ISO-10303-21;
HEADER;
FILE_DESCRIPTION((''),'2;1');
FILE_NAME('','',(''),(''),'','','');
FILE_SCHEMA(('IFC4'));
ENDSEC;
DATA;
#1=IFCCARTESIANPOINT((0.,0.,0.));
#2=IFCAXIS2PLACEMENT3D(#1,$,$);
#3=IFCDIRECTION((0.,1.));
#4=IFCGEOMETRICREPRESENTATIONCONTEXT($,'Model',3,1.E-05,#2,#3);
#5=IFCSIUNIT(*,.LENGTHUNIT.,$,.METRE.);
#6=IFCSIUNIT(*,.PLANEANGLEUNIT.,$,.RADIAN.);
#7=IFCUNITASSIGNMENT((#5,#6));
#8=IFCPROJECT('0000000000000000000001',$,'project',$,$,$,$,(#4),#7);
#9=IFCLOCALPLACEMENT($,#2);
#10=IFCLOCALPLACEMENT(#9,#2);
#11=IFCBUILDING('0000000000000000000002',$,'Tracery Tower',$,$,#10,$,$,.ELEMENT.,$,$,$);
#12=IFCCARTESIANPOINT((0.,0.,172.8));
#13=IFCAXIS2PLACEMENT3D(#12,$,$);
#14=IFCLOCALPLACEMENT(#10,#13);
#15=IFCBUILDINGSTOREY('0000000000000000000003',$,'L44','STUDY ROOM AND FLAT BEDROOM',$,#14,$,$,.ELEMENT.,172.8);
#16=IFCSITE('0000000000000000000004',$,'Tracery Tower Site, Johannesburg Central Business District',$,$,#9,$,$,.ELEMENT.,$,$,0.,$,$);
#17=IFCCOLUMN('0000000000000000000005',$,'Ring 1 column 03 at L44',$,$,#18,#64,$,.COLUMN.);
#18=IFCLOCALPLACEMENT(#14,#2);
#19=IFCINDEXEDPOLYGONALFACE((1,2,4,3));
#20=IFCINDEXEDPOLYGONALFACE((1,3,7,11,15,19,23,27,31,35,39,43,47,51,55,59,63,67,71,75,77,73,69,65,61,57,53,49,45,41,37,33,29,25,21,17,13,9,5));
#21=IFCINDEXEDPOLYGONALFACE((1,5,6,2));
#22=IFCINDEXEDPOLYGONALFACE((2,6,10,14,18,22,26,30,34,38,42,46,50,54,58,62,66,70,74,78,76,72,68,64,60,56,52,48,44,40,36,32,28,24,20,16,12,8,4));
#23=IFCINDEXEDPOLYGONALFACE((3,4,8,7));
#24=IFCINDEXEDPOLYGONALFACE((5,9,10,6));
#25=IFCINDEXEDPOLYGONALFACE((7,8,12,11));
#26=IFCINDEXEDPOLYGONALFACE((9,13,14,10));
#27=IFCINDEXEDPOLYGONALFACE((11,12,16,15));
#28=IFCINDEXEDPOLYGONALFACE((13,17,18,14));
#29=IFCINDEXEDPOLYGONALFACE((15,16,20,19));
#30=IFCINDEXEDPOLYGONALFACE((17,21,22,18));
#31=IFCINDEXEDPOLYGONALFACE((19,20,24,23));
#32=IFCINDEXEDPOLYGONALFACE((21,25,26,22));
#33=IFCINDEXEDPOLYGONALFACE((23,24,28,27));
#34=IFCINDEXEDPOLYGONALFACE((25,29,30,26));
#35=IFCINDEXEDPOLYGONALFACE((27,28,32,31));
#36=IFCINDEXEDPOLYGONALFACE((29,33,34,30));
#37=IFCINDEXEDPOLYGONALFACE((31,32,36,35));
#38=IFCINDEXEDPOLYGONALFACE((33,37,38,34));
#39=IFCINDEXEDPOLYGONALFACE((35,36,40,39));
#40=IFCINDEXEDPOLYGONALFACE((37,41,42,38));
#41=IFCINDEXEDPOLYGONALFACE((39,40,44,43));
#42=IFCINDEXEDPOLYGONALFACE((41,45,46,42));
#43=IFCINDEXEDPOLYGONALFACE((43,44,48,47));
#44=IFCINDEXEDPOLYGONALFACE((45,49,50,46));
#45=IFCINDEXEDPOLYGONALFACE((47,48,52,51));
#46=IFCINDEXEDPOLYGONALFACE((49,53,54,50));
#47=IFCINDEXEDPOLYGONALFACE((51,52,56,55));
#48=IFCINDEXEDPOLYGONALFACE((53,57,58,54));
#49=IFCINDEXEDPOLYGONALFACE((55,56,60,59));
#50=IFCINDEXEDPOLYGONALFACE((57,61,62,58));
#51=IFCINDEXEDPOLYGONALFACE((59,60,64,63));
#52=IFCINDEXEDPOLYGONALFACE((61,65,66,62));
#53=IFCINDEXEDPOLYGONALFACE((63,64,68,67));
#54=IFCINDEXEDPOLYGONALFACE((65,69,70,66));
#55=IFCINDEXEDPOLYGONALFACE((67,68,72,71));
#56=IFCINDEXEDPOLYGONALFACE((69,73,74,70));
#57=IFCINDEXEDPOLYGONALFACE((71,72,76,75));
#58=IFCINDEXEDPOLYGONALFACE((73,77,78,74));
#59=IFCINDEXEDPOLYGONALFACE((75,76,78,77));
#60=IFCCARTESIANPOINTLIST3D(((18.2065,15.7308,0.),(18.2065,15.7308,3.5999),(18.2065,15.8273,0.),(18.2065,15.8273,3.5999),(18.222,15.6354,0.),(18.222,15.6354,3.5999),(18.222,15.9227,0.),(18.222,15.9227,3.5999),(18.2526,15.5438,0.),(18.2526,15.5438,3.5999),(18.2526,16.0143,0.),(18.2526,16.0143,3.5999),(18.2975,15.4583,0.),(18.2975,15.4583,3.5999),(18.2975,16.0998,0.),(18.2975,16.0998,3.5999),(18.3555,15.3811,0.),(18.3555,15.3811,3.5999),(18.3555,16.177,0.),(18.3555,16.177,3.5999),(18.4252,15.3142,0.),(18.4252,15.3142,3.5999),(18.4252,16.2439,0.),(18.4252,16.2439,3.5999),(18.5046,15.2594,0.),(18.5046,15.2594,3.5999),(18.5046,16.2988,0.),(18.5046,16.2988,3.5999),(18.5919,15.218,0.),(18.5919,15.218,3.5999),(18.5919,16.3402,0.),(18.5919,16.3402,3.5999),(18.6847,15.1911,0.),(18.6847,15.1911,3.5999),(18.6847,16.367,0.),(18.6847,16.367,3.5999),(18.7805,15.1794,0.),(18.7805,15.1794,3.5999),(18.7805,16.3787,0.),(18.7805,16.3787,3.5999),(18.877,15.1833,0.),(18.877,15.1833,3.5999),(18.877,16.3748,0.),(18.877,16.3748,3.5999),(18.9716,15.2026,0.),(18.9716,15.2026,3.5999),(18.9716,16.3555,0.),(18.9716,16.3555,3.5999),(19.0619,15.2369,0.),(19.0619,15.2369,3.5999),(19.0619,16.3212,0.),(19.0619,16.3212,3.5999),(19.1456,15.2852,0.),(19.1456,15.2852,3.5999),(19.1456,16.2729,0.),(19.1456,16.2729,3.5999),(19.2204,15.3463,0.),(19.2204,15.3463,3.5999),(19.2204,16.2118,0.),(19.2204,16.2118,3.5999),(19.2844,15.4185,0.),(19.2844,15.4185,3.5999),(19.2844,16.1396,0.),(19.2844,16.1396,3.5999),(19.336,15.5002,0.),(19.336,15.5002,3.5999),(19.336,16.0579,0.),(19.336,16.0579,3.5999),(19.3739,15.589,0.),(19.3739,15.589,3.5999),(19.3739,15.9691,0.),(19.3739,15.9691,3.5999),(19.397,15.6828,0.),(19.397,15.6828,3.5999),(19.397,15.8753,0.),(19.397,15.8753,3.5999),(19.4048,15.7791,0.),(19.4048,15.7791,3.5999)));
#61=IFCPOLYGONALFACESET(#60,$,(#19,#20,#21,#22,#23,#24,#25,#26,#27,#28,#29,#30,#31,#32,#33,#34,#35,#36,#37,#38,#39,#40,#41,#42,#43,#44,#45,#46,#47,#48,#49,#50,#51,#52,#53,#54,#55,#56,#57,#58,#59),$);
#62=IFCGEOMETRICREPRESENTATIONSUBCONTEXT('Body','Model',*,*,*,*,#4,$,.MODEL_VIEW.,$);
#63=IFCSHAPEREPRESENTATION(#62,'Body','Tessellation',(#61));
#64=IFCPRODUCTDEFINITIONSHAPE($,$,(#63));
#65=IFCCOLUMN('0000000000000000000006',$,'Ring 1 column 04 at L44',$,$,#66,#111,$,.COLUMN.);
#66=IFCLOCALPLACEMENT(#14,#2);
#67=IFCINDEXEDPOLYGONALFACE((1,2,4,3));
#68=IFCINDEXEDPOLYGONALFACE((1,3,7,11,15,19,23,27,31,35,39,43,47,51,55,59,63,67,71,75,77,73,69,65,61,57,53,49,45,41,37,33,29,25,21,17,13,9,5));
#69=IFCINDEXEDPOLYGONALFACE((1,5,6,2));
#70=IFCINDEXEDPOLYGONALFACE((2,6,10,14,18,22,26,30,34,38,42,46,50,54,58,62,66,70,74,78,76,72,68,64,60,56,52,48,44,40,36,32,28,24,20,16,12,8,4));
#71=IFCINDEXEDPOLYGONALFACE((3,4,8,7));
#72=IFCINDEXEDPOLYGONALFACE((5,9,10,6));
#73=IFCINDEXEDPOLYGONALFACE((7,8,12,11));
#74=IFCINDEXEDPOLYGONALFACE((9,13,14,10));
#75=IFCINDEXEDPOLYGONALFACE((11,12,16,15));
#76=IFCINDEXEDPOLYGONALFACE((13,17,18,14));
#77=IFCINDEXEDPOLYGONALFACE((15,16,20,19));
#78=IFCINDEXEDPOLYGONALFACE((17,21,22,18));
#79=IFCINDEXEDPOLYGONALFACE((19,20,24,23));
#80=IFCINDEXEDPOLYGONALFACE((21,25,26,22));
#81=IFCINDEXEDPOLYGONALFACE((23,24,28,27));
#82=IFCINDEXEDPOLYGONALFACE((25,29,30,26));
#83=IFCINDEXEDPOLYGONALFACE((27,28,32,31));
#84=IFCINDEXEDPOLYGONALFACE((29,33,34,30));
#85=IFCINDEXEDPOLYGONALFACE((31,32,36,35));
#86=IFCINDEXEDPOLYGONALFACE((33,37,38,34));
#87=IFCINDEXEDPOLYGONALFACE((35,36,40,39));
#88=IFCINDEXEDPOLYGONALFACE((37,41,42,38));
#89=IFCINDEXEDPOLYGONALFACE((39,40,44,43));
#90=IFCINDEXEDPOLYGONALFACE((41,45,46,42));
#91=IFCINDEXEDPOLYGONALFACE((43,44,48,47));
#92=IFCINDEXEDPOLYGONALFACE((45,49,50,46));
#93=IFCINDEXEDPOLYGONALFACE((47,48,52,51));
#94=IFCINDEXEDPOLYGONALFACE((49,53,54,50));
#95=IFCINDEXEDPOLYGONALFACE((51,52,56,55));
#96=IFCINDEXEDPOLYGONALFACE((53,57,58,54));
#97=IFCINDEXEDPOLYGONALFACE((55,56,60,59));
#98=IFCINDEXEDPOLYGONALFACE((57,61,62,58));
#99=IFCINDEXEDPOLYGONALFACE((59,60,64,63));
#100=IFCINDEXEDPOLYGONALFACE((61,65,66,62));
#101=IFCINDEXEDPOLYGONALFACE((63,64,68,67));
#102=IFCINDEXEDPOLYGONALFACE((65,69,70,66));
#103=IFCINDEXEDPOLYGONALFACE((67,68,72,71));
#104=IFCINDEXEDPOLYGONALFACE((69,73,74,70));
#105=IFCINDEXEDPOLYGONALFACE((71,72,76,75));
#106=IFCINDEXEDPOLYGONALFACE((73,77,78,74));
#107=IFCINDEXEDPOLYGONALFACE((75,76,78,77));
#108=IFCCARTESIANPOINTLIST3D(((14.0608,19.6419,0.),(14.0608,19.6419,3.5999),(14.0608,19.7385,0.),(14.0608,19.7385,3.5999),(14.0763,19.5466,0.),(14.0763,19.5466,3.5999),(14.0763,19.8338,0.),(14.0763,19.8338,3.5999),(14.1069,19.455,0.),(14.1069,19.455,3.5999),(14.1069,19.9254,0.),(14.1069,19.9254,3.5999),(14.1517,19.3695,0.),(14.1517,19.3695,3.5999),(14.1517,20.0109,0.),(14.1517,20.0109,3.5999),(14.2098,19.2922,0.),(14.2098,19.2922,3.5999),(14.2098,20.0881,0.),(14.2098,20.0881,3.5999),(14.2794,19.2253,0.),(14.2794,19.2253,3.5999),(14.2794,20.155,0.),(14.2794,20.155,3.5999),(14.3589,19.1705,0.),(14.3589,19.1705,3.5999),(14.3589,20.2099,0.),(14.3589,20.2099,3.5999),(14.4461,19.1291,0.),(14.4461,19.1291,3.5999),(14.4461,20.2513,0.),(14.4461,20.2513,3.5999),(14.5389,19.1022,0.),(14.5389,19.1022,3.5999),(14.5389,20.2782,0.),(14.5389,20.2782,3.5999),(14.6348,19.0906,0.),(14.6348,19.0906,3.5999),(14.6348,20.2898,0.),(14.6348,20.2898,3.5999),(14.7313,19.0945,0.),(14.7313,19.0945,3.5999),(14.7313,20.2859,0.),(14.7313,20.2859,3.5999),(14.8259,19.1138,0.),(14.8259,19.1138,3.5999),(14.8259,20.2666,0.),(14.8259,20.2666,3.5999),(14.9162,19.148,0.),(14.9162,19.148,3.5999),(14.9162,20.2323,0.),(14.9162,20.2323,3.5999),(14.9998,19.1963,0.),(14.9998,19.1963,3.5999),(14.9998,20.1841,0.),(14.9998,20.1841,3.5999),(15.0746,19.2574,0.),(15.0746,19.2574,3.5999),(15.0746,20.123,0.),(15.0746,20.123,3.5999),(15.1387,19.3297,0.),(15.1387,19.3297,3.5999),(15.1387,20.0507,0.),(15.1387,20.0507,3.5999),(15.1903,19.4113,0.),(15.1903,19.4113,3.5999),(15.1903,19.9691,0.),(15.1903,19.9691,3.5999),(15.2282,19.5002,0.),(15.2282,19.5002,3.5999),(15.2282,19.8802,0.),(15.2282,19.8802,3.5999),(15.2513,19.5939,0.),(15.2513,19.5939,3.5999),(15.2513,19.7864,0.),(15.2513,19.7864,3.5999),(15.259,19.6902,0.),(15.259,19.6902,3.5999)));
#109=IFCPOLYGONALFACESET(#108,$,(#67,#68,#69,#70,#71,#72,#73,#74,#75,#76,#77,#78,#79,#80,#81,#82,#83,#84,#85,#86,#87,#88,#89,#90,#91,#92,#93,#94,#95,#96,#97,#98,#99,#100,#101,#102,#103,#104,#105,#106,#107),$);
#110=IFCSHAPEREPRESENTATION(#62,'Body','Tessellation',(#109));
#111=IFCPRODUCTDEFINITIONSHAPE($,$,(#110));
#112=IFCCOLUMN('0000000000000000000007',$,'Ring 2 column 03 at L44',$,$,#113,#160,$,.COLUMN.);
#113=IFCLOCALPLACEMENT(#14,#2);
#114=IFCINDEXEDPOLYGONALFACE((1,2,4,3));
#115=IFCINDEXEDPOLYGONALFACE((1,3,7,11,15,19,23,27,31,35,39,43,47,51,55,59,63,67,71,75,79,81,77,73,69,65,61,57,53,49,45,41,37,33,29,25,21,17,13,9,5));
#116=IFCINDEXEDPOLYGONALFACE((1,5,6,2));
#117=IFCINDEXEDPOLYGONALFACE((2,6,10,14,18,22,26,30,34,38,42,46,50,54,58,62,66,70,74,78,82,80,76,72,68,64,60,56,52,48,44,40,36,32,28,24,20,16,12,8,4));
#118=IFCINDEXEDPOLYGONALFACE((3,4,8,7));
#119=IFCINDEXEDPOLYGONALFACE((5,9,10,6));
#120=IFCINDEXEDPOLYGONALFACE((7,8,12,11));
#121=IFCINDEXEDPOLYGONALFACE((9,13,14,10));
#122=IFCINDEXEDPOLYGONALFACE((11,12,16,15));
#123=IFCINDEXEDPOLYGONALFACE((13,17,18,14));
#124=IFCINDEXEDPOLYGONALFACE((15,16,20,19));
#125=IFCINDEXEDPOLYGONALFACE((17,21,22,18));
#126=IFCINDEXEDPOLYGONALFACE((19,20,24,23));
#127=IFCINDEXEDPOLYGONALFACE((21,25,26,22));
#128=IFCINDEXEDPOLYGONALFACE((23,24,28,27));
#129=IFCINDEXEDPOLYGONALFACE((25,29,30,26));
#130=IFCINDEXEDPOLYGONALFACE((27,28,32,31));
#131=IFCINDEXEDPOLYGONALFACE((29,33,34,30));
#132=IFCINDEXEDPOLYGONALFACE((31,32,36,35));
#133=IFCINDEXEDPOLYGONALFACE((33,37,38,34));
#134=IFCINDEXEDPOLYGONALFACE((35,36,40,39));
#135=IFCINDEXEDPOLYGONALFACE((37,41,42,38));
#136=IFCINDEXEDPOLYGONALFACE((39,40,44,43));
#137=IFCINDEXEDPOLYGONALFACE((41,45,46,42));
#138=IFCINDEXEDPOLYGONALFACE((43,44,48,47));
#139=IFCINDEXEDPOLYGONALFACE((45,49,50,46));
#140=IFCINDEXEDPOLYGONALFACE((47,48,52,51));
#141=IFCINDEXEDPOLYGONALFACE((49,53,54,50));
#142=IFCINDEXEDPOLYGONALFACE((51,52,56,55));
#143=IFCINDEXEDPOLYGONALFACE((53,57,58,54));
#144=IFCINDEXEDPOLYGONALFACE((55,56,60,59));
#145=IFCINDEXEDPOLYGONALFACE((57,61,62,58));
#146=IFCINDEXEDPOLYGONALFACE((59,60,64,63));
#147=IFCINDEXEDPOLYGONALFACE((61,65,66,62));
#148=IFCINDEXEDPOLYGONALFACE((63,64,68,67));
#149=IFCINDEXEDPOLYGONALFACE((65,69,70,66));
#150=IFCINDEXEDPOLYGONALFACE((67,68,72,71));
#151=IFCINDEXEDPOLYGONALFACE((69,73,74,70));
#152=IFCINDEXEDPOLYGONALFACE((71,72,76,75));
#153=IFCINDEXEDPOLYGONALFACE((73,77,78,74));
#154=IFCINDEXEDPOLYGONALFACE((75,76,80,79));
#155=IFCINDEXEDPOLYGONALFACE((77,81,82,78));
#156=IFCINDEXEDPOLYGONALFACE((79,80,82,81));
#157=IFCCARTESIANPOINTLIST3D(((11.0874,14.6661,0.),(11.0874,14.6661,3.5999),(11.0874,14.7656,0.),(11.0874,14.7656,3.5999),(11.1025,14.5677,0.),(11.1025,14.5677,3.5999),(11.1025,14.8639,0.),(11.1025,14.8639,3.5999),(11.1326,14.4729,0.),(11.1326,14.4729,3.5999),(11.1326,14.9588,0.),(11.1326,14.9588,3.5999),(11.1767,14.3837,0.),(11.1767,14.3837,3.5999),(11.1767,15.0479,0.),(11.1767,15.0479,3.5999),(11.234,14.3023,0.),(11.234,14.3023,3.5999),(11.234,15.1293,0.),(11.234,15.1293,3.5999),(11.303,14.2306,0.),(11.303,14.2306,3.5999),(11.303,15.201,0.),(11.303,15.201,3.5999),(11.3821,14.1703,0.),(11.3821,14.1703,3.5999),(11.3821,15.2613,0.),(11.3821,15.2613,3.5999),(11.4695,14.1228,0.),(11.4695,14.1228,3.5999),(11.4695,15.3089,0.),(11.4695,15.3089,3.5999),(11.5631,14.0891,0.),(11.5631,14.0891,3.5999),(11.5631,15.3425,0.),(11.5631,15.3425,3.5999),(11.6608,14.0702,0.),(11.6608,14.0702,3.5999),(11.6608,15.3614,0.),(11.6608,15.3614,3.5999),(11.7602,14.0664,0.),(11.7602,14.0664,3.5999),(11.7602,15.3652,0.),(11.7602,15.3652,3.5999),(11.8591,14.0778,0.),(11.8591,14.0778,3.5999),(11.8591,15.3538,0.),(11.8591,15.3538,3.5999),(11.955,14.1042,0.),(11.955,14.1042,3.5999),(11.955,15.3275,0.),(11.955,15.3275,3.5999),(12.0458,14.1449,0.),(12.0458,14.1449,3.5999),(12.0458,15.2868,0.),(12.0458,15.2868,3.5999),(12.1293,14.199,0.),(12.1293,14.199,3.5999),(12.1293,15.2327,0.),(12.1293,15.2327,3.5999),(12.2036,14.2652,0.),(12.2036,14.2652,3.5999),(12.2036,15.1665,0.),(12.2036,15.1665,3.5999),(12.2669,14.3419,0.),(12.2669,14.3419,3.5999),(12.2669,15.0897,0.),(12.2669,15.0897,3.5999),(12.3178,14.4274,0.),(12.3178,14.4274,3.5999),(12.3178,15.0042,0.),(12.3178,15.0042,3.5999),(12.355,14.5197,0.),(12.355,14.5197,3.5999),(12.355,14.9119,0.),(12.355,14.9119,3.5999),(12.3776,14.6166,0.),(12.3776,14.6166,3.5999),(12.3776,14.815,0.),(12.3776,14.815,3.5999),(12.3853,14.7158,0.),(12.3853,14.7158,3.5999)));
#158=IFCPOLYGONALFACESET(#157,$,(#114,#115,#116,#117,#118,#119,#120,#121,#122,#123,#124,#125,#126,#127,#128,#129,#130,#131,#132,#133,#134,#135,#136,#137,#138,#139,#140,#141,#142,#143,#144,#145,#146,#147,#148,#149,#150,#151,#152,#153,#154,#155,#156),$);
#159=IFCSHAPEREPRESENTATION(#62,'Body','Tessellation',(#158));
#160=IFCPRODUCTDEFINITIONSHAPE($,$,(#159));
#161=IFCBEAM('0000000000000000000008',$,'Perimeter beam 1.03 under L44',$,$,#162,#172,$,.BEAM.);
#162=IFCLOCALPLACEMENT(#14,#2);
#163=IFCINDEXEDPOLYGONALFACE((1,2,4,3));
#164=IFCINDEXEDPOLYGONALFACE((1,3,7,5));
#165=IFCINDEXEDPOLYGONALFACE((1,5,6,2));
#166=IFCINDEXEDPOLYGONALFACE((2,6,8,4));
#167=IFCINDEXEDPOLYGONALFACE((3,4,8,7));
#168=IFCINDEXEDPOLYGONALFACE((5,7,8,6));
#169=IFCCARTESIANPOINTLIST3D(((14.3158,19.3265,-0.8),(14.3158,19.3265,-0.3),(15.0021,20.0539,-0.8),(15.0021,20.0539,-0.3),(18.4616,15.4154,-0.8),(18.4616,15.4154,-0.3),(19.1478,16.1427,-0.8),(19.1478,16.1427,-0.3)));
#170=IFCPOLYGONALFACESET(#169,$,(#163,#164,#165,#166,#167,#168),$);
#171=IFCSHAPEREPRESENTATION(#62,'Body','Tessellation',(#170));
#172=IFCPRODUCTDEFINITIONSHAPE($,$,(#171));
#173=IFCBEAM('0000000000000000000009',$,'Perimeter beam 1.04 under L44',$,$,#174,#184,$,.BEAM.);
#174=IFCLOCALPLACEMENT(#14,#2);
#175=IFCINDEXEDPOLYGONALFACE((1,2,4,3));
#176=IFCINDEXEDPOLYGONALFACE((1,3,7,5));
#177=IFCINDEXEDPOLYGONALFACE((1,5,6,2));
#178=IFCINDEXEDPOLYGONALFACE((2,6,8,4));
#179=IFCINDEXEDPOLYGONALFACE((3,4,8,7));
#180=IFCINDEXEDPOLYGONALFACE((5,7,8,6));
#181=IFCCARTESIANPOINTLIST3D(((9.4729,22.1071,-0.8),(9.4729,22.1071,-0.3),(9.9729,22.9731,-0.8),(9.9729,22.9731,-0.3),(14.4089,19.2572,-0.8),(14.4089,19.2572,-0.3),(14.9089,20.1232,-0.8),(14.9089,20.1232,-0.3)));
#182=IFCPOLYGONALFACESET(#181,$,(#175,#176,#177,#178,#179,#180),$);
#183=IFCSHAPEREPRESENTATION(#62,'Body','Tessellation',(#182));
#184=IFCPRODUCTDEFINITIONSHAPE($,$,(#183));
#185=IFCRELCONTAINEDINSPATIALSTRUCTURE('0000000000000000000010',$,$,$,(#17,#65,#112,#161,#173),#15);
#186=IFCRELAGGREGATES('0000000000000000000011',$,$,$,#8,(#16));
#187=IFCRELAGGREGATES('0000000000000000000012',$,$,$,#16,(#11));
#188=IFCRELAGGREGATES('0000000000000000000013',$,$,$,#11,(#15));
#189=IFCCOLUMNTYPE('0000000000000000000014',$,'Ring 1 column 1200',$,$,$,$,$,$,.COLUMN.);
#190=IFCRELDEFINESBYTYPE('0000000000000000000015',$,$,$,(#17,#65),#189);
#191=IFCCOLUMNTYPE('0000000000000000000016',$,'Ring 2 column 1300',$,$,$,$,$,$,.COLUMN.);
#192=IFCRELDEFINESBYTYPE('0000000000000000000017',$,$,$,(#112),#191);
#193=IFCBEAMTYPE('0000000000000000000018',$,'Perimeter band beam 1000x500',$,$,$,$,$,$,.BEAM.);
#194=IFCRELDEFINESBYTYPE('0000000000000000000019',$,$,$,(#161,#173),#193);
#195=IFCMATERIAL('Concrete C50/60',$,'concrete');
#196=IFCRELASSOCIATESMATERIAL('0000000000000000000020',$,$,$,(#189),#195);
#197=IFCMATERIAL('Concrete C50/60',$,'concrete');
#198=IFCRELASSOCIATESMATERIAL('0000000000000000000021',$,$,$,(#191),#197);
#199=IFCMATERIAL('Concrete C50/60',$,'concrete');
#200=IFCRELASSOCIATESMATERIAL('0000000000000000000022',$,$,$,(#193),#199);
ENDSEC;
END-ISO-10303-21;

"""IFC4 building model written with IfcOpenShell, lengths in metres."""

from ifc_helpers import new_model, si_unit, direction, frame, origin, origin_2d, place, context, subcontext, project, spatial, rectangle, circle, extrude, material, material_profile, profile_set, type_object, element, save


model = new_model("IFC4")

# Units and contexts
model_context = context("Model", 3, precision=1e-05, world=origin(), true_north=direction((0.0, 1.0)))
body_context = subcontext(model_context, "Body", "Model", "MODEL_VIEW")
ifc_project = project(units=[si_unit("LENGTHUNIT", "METRE"), si_unit("PLANEANGLEUNIT", "RADIAN")], contexts=[model_context])

# Site, building, storey
site_placement = place(None, origin())
site = spatial("IfcSite", under=ifc_project, at=site_placement, Name="Tracery Tower Site, Johannesburg Central Business District", CompositionType="ELEMENT", RefElevation=0.0)
building_placement = place(site_placement, origin())
building = spatial("IfcBuilding", under=site, at=building_placement, Name="Tracery Tower", CompositionType="ELEMENT")
storey_placement = place(building_placement, frame((0.0, 0.0, 172.8)))
storey = spatial("IfcBuildingStorey", under=building, at=storey_placement, Name="L44", Description="STUDY ROOM AND FLAT BEDROOM", CompositionType="ELEMENT", Elevation=172.8)

# Columns
ifc_material_1 = material(Name="Concrete C50/60", Category="concrete")
ifc_material_profile_1 = material_profile(ifc_material_1, circle(Radius=0.6001, at=origin_2d()), Name="RC D1200")
ifc_profile_set_1 = profile_set([ifc_material_profile_1], Name="Concrete C50/60")
column_type_1 = type_object("IfcColumnType", Name="Ring 1 column 1200", PredefinedType="COLUMN", material=ifc_profile_set_1)
for number, where, z_axis, x_axis, name in (
    (1, (18.8047, 15.7791, 0.0), (0.0, 0.0, 1.0), (1.0, 0.0, 0.0), "Ring 1 column 03 at L44"),
    (2, (14.6589, 19.6902, 0.0), (0.0, 0.0, 1.0), (1.0, 0.0, 0.0), "Ring 1 column 04 at L44"),
):
    element("IfcColumn", number, at=place(storey_placement, frame(where, z_axis=z_axis, x_axis=x_axis)), inside=storey, type_object=column_type_1, Name=name, PredefinedType="COLUMN", context=body_context, shape_type="SweptSolid", body=[
        extrude(circle(Radius=0.6001, at=origin_2d()), origin(), (0.0, 0.0, 1.0), 3.5999),
    ])
ifc_material_2 = material(Name="Concrete C50/60", Category="concrete")
ifc_material_profile_2 = material_profile(ifc_material_2, circle(Radius=0.6499, at=origin_2d()), Name="RC D1300")
ifc_profile_set_2 = profile_set([ifc_material_profile_2], Name="Concrete C50/60")
column_type_2 = type_object("IfcColumnType", Name="Ring 2 column 1300", PredefinedType="COLUMN", material=ifc_profile_set_2)
column_placement = place(storey_placement, frame((11.7354, 14.7158, 0.0), z_axis=(0.0, 0.0, 1.0), x_axis=(1.0, 0.0, 0.0)))
element("IfcColumn", 3, at=column_placement, inside=storey, type_object=column_type_2, Name="Ring 2 column 03 at L44", PredefinedType="COLUMN", context=body_context, shape_type="SweptSolid", body=[
    extrude(circle(Radius=0.6499, at=origin_2d()), origin(), (0.0, 0.0, 1.0), 3.5999),
])

# Beams
ifc_material_3 = material(Name="Concrete C50/60", Category="concrete")
ifc_material_profile_3 = material_profile(ifc_material_3, rectangle(XDim=1.0, YDim=0.5, at=origin_2d()), Name="RC 1000x500")
ifc_profile_set_3 = profile_set([ifc_material_profile_3], Name="Concrete C50/60")
beam_type = type_object("IfcBeamType", Name="Perimeter band beam 1000x500", PredefinedType="BEAM", material=ifc_profile_set_3)
beam_1_placement = place(storey_placement, frame((18.8047, 15.7791, -0.55), z_axis=(-0.72739, 0.686225, 0.0), x_axis=(-0.686225, -0.72739, 0.0)))
element("IfcBeam", 4, at=beam_1_placement, inside=storey, type_object=beam_type, Name="Perimeter beam 1.03 under L44", PredefinedType="BEAM", context=body_context, shape_type="SweptSolid", body=[
    extrude(rectangle(XDim=1.0, YDim=0.5, at=origin_2d()), origin(), (0.0, 0.0, 1.0), 5.6995),
])
beam_2_placement = place(storey_placement, frame((14.6589, 19.6902, -0.55), z_axis=(-0.866023, 0.500004, 0.0), x_axis=(-0.500004, -0.866023, 0.0)))
element("IfcBeam", 5, at=beam_2_placement, inside=storey, type_object=beam_type, Name="Perimeter beam 1.04 under L44", PredefinedType="BEAM", context=body_context, shape_type="SweptSolid", body=[
    extrude(rectangle(XDim=1.0, YDim=0.5, at=origin_2d()), origin(), (0.0, 0.0, 1.0), 5.6997),
])

save(model, "model.ifc")
